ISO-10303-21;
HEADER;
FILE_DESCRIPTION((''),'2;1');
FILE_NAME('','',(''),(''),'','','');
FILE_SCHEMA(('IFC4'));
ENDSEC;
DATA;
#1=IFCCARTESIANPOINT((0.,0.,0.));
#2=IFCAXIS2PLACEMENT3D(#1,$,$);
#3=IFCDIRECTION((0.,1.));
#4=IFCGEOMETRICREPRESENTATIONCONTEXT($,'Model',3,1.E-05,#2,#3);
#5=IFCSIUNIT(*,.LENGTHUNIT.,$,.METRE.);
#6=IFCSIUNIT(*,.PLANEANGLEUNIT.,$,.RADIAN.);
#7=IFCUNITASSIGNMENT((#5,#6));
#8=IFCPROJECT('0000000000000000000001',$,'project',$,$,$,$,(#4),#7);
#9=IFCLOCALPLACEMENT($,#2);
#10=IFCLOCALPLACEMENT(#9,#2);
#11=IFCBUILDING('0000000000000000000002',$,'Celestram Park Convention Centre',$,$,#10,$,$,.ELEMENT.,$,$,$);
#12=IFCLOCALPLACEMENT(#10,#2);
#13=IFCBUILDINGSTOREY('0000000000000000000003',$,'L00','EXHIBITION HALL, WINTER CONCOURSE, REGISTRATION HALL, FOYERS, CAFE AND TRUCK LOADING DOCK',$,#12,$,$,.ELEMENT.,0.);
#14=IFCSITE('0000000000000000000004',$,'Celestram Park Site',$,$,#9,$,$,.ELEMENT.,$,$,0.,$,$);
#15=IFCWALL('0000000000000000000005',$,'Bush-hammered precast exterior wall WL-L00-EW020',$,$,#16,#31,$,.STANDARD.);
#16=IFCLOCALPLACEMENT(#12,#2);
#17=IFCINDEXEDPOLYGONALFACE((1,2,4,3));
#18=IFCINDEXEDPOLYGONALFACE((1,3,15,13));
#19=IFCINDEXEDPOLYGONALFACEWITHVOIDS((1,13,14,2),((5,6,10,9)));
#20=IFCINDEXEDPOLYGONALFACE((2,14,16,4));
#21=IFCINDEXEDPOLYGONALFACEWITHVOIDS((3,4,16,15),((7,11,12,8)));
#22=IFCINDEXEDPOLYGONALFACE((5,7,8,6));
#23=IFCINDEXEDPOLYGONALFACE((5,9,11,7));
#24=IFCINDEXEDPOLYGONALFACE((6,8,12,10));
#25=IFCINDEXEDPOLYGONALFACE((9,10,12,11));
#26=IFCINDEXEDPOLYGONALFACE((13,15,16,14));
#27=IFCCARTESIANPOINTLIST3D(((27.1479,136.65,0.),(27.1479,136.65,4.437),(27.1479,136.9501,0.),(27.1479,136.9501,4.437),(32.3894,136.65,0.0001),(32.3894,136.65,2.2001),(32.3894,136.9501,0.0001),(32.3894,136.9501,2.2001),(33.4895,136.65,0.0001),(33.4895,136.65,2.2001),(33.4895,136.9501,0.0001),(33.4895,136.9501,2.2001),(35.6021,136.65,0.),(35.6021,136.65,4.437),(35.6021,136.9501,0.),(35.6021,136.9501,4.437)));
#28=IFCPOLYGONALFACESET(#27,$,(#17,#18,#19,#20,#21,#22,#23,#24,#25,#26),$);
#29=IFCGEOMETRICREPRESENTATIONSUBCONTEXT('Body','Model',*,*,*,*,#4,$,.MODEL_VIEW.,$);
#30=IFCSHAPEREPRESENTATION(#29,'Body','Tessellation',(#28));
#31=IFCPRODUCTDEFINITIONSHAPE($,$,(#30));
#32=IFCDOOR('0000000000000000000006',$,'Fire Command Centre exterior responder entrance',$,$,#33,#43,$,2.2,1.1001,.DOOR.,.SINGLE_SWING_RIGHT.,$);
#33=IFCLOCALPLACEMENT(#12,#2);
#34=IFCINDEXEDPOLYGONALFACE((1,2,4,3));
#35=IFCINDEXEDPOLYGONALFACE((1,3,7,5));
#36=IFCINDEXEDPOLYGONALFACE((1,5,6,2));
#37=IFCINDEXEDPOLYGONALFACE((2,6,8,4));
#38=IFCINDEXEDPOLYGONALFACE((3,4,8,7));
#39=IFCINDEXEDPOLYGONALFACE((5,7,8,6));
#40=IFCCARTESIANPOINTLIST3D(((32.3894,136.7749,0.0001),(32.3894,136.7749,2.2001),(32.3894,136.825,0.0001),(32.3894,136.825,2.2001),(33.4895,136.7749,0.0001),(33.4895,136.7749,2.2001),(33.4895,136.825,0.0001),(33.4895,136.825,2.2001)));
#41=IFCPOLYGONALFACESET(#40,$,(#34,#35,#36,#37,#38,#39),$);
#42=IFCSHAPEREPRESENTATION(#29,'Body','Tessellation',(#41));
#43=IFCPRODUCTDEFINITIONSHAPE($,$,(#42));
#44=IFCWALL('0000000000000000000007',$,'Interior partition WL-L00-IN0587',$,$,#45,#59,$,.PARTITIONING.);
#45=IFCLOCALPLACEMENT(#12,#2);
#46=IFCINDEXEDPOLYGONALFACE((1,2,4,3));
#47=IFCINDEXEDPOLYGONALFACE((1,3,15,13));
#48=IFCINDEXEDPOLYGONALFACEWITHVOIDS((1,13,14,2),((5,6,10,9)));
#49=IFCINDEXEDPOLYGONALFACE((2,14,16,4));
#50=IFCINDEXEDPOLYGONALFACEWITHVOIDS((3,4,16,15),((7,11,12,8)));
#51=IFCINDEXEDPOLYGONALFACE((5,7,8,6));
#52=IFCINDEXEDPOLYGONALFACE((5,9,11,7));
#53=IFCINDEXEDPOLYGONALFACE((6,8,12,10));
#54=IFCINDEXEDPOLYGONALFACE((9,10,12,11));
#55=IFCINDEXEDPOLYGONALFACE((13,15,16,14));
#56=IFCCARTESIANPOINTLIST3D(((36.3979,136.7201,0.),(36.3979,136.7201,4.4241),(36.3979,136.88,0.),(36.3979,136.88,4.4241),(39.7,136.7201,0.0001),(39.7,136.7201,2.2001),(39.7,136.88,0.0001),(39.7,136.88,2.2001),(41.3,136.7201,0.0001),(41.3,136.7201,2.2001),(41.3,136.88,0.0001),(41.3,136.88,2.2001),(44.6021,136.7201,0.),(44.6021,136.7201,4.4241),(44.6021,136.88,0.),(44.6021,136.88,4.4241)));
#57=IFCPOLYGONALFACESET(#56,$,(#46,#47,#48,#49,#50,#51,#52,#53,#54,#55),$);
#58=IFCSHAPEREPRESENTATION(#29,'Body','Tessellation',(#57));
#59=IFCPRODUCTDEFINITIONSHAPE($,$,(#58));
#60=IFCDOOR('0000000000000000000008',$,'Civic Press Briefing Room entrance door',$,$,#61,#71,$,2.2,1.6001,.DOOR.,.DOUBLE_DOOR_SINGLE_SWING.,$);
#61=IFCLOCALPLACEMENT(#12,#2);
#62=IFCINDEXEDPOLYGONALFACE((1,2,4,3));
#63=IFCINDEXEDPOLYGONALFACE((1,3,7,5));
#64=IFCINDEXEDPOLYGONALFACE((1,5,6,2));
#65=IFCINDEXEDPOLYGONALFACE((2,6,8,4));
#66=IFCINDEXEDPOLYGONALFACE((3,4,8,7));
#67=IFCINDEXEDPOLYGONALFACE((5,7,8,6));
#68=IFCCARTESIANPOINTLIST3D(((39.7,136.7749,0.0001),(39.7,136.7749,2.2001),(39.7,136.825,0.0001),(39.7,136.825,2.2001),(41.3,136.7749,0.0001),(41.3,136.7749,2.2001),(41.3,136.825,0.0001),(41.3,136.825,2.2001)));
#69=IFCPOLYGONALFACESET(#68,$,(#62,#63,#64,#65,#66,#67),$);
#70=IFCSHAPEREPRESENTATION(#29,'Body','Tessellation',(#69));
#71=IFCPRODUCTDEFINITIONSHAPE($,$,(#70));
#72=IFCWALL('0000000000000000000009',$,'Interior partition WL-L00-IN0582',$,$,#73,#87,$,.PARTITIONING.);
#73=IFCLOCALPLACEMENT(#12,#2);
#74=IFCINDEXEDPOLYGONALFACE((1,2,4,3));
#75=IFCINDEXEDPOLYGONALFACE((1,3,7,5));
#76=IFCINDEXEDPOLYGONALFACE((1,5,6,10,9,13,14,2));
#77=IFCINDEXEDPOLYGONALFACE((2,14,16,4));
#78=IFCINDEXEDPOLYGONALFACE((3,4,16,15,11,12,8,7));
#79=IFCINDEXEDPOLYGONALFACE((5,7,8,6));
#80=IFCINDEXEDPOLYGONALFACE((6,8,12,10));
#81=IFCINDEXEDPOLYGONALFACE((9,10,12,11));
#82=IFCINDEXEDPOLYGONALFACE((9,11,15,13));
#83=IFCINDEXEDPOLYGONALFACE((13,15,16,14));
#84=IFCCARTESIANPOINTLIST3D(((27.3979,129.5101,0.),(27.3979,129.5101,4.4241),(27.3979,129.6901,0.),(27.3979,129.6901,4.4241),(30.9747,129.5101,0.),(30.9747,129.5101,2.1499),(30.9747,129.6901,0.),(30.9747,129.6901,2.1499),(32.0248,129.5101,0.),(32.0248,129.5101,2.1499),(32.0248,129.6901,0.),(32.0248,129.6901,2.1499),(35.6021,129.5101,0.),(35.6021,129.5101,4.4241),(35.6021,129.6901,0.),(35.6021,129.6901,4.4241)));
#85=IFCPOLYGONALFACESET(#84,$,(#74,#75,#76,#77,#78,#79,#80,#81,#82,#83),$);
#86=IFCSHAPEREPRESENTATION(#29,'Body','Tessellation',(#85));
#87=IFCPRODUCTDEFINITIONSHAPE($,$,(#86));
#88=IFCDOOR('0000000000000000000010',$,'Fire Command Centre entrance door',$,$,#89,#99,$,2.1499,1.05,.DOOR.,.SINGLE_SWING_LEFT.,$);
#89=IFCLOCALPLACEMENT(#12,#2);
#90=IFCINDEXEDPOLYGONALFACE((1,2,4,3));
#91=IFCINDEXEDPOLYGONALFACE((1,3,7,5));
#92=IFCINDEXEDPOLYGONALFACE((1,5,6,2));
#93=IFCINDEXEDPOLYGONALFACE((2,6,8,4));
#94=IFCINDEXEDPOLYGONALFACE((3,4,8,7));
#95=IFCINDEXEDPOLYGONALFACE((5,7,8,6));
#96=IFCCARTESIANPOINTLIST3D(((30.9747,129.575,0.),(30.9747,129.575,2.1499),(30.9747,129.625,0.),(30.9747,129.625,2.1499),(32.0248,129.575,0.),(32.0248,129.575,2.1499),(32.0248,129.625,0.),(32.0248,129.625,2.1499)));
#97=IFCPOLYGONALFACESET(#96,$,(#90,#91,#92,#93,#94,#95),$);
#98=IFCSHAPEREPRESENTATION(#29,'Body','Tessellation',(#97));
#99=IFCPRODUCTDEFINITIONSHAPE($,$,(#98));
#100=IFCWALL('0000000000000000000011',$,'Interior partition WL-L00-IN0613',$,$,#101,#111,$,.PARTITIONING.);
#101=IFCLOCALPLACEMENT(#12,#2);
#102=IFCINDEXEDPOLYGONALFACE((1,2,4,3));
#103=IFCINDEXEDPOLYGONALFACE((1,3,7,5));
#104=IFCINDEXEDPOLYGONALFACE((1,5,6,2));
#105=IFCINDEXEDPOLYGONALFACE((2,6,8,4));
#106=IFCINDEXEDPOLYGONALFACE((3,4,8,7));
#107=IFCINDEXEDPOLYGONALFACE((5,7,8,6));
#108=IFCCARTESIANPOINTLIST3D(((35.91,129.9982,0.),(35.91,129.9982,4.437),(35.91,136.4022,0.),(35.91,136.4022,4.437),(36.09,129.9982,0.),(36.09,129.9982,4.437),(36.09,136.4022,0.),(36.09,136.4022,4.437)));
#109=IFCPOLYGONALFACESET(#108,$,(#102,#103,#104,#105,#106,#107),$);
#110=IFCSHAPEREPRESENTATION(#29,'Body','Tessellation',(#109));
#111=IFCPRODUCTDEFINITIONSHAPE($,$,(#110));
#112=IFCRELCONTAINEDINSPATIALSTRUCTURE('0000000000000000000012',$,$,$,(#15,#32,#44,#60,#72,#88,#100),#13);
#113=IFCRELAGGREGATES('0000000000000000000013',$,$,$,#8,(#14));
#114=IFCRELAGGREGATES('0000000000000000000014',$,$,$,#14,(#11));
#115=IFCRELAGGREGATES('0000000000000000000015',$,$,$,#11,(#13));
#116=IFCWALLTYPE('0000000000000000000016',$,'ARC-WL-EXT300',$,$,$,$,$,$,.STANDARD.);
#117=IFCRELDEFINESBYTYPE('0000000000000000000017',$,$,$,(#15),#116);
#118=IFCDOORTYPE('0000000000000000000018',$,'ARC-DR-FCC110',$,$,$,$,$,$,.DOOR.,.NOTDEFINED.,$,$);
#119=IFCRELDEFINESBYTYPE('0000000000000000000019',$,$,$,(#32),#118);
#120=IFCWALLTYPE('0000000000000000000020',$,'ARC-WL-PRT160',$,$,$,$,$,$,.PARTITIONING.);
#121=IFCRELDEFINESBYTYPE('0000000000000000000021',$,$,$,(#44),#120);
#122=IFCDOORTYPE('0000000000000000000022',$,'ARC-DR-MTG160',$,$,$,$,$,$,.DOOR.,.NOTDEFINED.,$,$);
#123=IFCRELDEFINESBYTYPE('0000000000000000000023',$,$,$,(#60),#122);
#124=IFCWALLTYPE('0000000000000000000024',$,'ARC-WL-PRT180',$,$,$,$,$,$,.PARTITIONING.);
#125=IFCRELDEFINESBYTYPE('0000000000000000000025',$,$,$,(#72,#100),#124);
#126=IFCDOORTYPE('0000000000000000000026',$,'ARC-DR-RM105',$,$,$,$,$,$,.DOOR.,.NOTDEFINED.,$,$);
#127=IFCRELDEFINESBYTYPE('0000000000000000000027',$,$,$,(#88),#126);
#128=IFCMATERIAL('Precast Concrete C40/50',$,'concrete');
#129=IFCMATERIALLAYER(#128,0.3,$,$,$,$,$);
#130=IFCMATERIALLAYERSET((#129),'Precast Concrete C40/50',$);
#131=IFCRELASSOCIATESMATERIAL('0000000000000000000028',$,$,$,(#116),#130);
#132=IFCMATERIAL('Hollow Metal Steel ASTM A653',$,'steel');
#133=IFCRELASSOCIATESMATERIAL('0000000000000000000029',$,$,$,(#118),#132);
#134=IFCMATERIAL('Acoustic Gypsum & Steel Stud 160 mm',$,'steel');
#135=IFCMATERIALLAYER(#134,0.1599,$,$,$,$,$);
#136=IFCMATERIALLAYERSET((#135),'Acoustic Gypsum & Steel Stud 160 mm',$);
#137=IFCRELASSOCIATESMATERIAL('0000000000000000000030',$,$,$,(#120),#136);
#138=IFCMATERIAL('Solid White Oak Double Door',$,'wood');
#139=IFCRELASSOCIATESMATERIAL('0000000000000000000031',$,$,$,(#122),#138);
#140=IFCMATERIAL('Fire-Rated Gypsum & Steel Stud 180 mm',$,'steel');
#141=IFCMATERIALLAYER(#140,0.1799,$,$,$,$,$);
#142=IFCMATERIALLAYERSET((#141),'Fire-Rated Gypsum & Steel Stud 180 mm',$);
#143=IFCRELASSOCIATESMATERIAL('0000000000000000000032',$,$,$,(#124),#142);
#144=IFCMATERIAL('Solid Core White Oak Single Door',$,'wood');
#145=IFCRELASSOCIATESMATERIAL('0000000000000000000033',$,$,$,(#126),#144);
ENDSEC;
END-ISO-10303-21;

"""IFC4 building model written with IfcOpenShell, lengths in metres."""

from ifc_helpers import new_model, si_unit, direction, frame, frame_2d, origin, place, context, subcontext, project, spatial, rectangle, extrude, material, layer, layer_set, type_object, element, fill, save


model = new_model("IFC4")

# Units and contexts
model_context = context("Model", 3, precision=1e-05, world=origin(), true_north=direction((0.0, 1.0)))
body_context = subcontext(model_context, "Body", "Model", "MODEL_VIEW")
ifc_project = project(units=[si_unit("LENGTHUNIT", "METRE"), si_unit("PLANEANGLEUNIT", "RADIAN")], contexts=[model_context])

# Site, building, storey
site_placement = place(None, origin())
site = spatial("IfcSite", under=ifc_project, at=site_placement, Name="Celestram Park Site", CompositionType="ELEMENT", RefElevation=0.0)
building_placement = place(site_placement, origin())
building = spatial("IfcBuilding", under=site, at=building_placement, Name="Celestram Park Convention Centre", CompositionType="ELEMENT")
storey_placement = place(building_placement, origin())
storey = spatial("IfcBuildingStorey", under=building, at=storey_placement, Name="L00", Description="EXHIBITION HALL, WINTER CONCOURSE, REGISTRATION HALL, FOYERS, CAFE AND TRUCK LOADING DOCK", CompositionType="ELEMENT", Elevation=0.0)

# Walls, openings, doors
ifc_material_1 = material(Name="Precast Concrete C40/50", Category="concrete")
ifc_layer_1 = layer(ifc_material_1, 0.3)
ifc_layer_set_1 = layer_set([ifc_layer_1], Name="Precast Concrete C40/50")
wall_type_1 = type_object("IfcWallType", Name="ARC-WL-EXT300", PredefinedType="STANDARD", material=ifc_layer_set_1)
wall_1_placement = place(storey_placement, frame((27.1479, 136.8, 0.0), z_axis=(0.0, 0.0, 1.0), x_axis=(1.0, 0.0, 0.0)))
wall_1 = element("IfcWall", 1, at=wall_1_placement, inside=storey, type_object=wall_type_1, Name="Bush-hammered precast exterior wall WL-L00-EW020", PredefinedType="STANDARD", context=body_context, shape_type="SweptSolid", body=[
    extrude(rectangle(XDim=8.4541, YDim=0.3, at=frame_2d((4.2271, 0.0))), origin(), (0.0, 0.0, 1.0), 4.437),
])
opening_1_placement = place(wall_1_placement, frame((5.2415, 0.0, 0.0)))
opening_1 = element("IfcOpeningElement", 2, at=opening_1_placement, cuts=wall_1, PredefinedType="OPENING", context=body_context, shape_type="SweptSolid", body=[
    extrude(rectangle(XDim=1.1001, YDim=2.2, at=frame_2d((0.55, 1.1001))), frame((0.0, 0.1599, 0.0), z_axis=(0.0, -1.0, 0.0), x_axis=(1.0, 0.0, 0.0)), (0.0, 0.0, 1.0), 0.3201),
])
ifc_material_2 = material(Name="Hollow Metal Steel ASTM A653", Category="steel")
door_type_1 = type_object("IfcDoorType", Name="ARC-DR-FCC110", OperationType="NOTDEFINED", PredefinedType="DOOR", material=ifc_material_2)
door_1_placement = place(opening_1_placement, origin())
door_1 = element("IfcDoor", 3, at=door_1_placement, inside=storey, type_object=door_type_1, Name="Fire Command Centre exterior responder entrance", OperationType="SINGLE_SWING_RIGHT", OverallHeight=2.2, OverallWidth=1.1001, PredefinedType="DOOR", context=body_context, shape_type="SweptSolid", body=[
    extrude(rectangle(XDim=1.1001, YDim=2.2, at=frame_2d((0.55, 1.1001))), frame((0.0, 0.0249, 0.0), z_axis=(0.0, -1.0, 0.0), x_axis=(1.0, 0.0, 0.0)), (0.0, 0.0, 1.0), 0.05),
])
fill(opening_1, door_1)
ifc_material_3 = material(Name="Acoustic Gypsum & Steel Stud 160 mm", Category="steel")
ifc_layer_2 = layer(ifc_material_3, 0.1599)
ifc_layer_set_2 = layer_set([ifc_layer_2], Name="Acoustic Gypsum & Steel Stud 160 mm")
wall_type_2 = type_object("IfcWallType", Name="ARC-WL-PRT160", PredefinedType="PARTITIONING", material=ifc_layer_set_2)
wall_2_placement = place(storey_placement, frame((36.3979, 136.8, 0.0), z_axis=(0.0, 0.0, 1.0), x_axis=(1.0, 0.0, 0.0)))
wall_2 = element("IfcWall", 4, at=wall_2_placement, inside=storey, type_object=wall_type_2, Name="Interior partition WL-L00-IN0587", PredefinedType="PARTITIONING", context=body_context, shape_type="SweptSolid", body=[
    extrude(rectangle(XDim=8.2041, YDim=0.1599, at=frame_2d((4.1021, 0.0))), origin(), (0.0, 0.0, 1.0), 4.4241),
])
opening_2_placement = place(wall_2_placement, frame((3.302, 0.0, 0.0)))
opening_2 = element("IfcOpeningElement", 5, at=opening_2_placement, cuts=wall_2, PredefinedType="OPENING", context=body_context, shape_type="SweptSolid", body=[
    extrude(rectangle(XDim=1.6001, YDim=2.2, at=frame_2d((0.8, 1.1001))), frame((0.0, 0.0898, 0.0), z_axis=(0.0, -1.0, 0.0), x_axis=(1.0, 0.0, 0.0)), (0.0, 0.0, 1.0), 0.1799),
])
ifc_material_4 = material(Name="Solid White Oak Double Door", Category="wood")
door_type_2 = type_object("IfcDoorType", Name="ARC-DR-MTG160", OperationType="NOTDEFINED", PredefinedType="DOOR", material=ifc_material_4)
door_2_placement = place(opening_2_placement, origin())
door_2 = element("IfcDoor", 6, at=door_2_placement, inside=storey, type_object=door_type_2, Name="Civic Press Briefing Room entrance door", OperationType="DOUBLE_DOOR_SINGLE_SWING", OverallHeight=2.2, OverallWidth=1.6001, PredefinedType="DOOR", context=body_context, shape_type="SweptSolid", body=[
    extrude(rectangle(XDim=1.6001, YDim=2.2, at=frame_2d((0.8, 1.1001))), frame((0.0, 0.0249, 0.0), z_axis=(0.0, -1.0, 0.0), x_axis=(1.0, 0.0, 0.0)), (0.0, 0.0, 1.0), 0.05),
])
fill(opening_2, door_2)
ifc_material_5 = material(Name="Fire-Rated Gypsum & Steel Stud 180 mm", Category="steel")
ifc_layer_3 = layer(ifc_material_5, 0.1799)
ifc_layer_set_3 = layer_set([ifc_layer_3], Name="Fire-Rated Gypsum & Steel Stud 180 mm")
wall_type_3 = type_object("IfcWallType", Name="ARC-WL-PRT180", PredefinedType="PARTITIONING", material=ifc_layer_set_3)
wall_3_placement = place(storey_placement, frame((27.3979, 129.6001, 0.0), z_axis=(0.0, 0.0, 1.0), x_axis=(1.0, 0.0, 0.0)))
wall_3 = element("IfcWall", 7, at=wall_3_placement, inside=storey, type_object=wall_type_3, Name="Interior partition WL-L00-IN0582", PredefinedType="PARTITIONING", context=body_context, shape_type="SweptSolid", body=[
    extrude(rectangle(XDim=8.2041, YDim=0.1799, at=frame_2d((4.1021, 0.0))), origin(), (0.0, 0.0, 1.0), 4.4241),
])
opening_3_placement = place(wall_3_placement, frame((3.5769, 0.0, 0.0)))
opening_3 = element("IfcOpeningElement", 8, at=opening_3_placement, cuts=wall_3, PredefinedType="OPENING", context=body_context, shape_type="SweptSolid", body=[
    extrude(rectangle(XDim=1.05, YDim=2.1499, at=frame_2d((0.5249, 1.075))), frame((0.0, 0.0999, 0.0), z_axis=(0.0, -1.0, 0.0), x_axis=(1.0, 0.0, 0.0)), (0.0, 0.0, 1.0), 0.2),
])
ifc_material_6 = material(Name="Solid Core White Oak Single Door", Category="wood")
door_type_3 = type_object("IfcDoorType", Name="ARC-DR-RM105", OperationType="NOTDEFINED", PredefinedType="DOOR", material=ifc_material_6)
door_3_placement = place(opening_3_placement, origin())
door_3 = element("IfcDoor", 9, at=door_3_placement, inside=storey, type_object=door_type_3, Name="Fire Command Centre entrance door", OperationType="SINGLE_SWING_LEFT", OverallHeight=2.1499, OverallWidth=1.05, PredefinedType="DOOR", context=body_context, shape_type="SweptSolid", body=[
    extrude(rectangle(XDim=1.05, YDim=2.1499, at=frame_2d((0.5249, 1.075))), frame((0.0, 0.0249, 0.0), z_axis=(0.0, -1.0, 0.0), x_axis=(1.0, 0.0, 0.0)), (0.0, 0.0, 1.0), 0.05),
])
fill(opening_3, door_3)

# Wall
wall_4_placement = place(storey_placement, frame((36.0, 129.998, 0.0), z_axis=(0.0, 0.0, 1.0), x_axis=(0.0, 1.0, 0.0)))
element("IfcWall", 10, at=wall_4_placement, inside=storey, type_object=wall_type_3, Name="Interior partition WL-L00-IN0613", PredefinedType="PARTITIONING", context=body_context, shape_type="SweptSolid", body=[
    extrude(rectangle(XDim=6.4041, YDim=0.1799, at=frame_2d((3.2021, 0.0))), origin(), (0.0, 0.0, 1.0), 4.437),
])

save(model, "model.ifc")
